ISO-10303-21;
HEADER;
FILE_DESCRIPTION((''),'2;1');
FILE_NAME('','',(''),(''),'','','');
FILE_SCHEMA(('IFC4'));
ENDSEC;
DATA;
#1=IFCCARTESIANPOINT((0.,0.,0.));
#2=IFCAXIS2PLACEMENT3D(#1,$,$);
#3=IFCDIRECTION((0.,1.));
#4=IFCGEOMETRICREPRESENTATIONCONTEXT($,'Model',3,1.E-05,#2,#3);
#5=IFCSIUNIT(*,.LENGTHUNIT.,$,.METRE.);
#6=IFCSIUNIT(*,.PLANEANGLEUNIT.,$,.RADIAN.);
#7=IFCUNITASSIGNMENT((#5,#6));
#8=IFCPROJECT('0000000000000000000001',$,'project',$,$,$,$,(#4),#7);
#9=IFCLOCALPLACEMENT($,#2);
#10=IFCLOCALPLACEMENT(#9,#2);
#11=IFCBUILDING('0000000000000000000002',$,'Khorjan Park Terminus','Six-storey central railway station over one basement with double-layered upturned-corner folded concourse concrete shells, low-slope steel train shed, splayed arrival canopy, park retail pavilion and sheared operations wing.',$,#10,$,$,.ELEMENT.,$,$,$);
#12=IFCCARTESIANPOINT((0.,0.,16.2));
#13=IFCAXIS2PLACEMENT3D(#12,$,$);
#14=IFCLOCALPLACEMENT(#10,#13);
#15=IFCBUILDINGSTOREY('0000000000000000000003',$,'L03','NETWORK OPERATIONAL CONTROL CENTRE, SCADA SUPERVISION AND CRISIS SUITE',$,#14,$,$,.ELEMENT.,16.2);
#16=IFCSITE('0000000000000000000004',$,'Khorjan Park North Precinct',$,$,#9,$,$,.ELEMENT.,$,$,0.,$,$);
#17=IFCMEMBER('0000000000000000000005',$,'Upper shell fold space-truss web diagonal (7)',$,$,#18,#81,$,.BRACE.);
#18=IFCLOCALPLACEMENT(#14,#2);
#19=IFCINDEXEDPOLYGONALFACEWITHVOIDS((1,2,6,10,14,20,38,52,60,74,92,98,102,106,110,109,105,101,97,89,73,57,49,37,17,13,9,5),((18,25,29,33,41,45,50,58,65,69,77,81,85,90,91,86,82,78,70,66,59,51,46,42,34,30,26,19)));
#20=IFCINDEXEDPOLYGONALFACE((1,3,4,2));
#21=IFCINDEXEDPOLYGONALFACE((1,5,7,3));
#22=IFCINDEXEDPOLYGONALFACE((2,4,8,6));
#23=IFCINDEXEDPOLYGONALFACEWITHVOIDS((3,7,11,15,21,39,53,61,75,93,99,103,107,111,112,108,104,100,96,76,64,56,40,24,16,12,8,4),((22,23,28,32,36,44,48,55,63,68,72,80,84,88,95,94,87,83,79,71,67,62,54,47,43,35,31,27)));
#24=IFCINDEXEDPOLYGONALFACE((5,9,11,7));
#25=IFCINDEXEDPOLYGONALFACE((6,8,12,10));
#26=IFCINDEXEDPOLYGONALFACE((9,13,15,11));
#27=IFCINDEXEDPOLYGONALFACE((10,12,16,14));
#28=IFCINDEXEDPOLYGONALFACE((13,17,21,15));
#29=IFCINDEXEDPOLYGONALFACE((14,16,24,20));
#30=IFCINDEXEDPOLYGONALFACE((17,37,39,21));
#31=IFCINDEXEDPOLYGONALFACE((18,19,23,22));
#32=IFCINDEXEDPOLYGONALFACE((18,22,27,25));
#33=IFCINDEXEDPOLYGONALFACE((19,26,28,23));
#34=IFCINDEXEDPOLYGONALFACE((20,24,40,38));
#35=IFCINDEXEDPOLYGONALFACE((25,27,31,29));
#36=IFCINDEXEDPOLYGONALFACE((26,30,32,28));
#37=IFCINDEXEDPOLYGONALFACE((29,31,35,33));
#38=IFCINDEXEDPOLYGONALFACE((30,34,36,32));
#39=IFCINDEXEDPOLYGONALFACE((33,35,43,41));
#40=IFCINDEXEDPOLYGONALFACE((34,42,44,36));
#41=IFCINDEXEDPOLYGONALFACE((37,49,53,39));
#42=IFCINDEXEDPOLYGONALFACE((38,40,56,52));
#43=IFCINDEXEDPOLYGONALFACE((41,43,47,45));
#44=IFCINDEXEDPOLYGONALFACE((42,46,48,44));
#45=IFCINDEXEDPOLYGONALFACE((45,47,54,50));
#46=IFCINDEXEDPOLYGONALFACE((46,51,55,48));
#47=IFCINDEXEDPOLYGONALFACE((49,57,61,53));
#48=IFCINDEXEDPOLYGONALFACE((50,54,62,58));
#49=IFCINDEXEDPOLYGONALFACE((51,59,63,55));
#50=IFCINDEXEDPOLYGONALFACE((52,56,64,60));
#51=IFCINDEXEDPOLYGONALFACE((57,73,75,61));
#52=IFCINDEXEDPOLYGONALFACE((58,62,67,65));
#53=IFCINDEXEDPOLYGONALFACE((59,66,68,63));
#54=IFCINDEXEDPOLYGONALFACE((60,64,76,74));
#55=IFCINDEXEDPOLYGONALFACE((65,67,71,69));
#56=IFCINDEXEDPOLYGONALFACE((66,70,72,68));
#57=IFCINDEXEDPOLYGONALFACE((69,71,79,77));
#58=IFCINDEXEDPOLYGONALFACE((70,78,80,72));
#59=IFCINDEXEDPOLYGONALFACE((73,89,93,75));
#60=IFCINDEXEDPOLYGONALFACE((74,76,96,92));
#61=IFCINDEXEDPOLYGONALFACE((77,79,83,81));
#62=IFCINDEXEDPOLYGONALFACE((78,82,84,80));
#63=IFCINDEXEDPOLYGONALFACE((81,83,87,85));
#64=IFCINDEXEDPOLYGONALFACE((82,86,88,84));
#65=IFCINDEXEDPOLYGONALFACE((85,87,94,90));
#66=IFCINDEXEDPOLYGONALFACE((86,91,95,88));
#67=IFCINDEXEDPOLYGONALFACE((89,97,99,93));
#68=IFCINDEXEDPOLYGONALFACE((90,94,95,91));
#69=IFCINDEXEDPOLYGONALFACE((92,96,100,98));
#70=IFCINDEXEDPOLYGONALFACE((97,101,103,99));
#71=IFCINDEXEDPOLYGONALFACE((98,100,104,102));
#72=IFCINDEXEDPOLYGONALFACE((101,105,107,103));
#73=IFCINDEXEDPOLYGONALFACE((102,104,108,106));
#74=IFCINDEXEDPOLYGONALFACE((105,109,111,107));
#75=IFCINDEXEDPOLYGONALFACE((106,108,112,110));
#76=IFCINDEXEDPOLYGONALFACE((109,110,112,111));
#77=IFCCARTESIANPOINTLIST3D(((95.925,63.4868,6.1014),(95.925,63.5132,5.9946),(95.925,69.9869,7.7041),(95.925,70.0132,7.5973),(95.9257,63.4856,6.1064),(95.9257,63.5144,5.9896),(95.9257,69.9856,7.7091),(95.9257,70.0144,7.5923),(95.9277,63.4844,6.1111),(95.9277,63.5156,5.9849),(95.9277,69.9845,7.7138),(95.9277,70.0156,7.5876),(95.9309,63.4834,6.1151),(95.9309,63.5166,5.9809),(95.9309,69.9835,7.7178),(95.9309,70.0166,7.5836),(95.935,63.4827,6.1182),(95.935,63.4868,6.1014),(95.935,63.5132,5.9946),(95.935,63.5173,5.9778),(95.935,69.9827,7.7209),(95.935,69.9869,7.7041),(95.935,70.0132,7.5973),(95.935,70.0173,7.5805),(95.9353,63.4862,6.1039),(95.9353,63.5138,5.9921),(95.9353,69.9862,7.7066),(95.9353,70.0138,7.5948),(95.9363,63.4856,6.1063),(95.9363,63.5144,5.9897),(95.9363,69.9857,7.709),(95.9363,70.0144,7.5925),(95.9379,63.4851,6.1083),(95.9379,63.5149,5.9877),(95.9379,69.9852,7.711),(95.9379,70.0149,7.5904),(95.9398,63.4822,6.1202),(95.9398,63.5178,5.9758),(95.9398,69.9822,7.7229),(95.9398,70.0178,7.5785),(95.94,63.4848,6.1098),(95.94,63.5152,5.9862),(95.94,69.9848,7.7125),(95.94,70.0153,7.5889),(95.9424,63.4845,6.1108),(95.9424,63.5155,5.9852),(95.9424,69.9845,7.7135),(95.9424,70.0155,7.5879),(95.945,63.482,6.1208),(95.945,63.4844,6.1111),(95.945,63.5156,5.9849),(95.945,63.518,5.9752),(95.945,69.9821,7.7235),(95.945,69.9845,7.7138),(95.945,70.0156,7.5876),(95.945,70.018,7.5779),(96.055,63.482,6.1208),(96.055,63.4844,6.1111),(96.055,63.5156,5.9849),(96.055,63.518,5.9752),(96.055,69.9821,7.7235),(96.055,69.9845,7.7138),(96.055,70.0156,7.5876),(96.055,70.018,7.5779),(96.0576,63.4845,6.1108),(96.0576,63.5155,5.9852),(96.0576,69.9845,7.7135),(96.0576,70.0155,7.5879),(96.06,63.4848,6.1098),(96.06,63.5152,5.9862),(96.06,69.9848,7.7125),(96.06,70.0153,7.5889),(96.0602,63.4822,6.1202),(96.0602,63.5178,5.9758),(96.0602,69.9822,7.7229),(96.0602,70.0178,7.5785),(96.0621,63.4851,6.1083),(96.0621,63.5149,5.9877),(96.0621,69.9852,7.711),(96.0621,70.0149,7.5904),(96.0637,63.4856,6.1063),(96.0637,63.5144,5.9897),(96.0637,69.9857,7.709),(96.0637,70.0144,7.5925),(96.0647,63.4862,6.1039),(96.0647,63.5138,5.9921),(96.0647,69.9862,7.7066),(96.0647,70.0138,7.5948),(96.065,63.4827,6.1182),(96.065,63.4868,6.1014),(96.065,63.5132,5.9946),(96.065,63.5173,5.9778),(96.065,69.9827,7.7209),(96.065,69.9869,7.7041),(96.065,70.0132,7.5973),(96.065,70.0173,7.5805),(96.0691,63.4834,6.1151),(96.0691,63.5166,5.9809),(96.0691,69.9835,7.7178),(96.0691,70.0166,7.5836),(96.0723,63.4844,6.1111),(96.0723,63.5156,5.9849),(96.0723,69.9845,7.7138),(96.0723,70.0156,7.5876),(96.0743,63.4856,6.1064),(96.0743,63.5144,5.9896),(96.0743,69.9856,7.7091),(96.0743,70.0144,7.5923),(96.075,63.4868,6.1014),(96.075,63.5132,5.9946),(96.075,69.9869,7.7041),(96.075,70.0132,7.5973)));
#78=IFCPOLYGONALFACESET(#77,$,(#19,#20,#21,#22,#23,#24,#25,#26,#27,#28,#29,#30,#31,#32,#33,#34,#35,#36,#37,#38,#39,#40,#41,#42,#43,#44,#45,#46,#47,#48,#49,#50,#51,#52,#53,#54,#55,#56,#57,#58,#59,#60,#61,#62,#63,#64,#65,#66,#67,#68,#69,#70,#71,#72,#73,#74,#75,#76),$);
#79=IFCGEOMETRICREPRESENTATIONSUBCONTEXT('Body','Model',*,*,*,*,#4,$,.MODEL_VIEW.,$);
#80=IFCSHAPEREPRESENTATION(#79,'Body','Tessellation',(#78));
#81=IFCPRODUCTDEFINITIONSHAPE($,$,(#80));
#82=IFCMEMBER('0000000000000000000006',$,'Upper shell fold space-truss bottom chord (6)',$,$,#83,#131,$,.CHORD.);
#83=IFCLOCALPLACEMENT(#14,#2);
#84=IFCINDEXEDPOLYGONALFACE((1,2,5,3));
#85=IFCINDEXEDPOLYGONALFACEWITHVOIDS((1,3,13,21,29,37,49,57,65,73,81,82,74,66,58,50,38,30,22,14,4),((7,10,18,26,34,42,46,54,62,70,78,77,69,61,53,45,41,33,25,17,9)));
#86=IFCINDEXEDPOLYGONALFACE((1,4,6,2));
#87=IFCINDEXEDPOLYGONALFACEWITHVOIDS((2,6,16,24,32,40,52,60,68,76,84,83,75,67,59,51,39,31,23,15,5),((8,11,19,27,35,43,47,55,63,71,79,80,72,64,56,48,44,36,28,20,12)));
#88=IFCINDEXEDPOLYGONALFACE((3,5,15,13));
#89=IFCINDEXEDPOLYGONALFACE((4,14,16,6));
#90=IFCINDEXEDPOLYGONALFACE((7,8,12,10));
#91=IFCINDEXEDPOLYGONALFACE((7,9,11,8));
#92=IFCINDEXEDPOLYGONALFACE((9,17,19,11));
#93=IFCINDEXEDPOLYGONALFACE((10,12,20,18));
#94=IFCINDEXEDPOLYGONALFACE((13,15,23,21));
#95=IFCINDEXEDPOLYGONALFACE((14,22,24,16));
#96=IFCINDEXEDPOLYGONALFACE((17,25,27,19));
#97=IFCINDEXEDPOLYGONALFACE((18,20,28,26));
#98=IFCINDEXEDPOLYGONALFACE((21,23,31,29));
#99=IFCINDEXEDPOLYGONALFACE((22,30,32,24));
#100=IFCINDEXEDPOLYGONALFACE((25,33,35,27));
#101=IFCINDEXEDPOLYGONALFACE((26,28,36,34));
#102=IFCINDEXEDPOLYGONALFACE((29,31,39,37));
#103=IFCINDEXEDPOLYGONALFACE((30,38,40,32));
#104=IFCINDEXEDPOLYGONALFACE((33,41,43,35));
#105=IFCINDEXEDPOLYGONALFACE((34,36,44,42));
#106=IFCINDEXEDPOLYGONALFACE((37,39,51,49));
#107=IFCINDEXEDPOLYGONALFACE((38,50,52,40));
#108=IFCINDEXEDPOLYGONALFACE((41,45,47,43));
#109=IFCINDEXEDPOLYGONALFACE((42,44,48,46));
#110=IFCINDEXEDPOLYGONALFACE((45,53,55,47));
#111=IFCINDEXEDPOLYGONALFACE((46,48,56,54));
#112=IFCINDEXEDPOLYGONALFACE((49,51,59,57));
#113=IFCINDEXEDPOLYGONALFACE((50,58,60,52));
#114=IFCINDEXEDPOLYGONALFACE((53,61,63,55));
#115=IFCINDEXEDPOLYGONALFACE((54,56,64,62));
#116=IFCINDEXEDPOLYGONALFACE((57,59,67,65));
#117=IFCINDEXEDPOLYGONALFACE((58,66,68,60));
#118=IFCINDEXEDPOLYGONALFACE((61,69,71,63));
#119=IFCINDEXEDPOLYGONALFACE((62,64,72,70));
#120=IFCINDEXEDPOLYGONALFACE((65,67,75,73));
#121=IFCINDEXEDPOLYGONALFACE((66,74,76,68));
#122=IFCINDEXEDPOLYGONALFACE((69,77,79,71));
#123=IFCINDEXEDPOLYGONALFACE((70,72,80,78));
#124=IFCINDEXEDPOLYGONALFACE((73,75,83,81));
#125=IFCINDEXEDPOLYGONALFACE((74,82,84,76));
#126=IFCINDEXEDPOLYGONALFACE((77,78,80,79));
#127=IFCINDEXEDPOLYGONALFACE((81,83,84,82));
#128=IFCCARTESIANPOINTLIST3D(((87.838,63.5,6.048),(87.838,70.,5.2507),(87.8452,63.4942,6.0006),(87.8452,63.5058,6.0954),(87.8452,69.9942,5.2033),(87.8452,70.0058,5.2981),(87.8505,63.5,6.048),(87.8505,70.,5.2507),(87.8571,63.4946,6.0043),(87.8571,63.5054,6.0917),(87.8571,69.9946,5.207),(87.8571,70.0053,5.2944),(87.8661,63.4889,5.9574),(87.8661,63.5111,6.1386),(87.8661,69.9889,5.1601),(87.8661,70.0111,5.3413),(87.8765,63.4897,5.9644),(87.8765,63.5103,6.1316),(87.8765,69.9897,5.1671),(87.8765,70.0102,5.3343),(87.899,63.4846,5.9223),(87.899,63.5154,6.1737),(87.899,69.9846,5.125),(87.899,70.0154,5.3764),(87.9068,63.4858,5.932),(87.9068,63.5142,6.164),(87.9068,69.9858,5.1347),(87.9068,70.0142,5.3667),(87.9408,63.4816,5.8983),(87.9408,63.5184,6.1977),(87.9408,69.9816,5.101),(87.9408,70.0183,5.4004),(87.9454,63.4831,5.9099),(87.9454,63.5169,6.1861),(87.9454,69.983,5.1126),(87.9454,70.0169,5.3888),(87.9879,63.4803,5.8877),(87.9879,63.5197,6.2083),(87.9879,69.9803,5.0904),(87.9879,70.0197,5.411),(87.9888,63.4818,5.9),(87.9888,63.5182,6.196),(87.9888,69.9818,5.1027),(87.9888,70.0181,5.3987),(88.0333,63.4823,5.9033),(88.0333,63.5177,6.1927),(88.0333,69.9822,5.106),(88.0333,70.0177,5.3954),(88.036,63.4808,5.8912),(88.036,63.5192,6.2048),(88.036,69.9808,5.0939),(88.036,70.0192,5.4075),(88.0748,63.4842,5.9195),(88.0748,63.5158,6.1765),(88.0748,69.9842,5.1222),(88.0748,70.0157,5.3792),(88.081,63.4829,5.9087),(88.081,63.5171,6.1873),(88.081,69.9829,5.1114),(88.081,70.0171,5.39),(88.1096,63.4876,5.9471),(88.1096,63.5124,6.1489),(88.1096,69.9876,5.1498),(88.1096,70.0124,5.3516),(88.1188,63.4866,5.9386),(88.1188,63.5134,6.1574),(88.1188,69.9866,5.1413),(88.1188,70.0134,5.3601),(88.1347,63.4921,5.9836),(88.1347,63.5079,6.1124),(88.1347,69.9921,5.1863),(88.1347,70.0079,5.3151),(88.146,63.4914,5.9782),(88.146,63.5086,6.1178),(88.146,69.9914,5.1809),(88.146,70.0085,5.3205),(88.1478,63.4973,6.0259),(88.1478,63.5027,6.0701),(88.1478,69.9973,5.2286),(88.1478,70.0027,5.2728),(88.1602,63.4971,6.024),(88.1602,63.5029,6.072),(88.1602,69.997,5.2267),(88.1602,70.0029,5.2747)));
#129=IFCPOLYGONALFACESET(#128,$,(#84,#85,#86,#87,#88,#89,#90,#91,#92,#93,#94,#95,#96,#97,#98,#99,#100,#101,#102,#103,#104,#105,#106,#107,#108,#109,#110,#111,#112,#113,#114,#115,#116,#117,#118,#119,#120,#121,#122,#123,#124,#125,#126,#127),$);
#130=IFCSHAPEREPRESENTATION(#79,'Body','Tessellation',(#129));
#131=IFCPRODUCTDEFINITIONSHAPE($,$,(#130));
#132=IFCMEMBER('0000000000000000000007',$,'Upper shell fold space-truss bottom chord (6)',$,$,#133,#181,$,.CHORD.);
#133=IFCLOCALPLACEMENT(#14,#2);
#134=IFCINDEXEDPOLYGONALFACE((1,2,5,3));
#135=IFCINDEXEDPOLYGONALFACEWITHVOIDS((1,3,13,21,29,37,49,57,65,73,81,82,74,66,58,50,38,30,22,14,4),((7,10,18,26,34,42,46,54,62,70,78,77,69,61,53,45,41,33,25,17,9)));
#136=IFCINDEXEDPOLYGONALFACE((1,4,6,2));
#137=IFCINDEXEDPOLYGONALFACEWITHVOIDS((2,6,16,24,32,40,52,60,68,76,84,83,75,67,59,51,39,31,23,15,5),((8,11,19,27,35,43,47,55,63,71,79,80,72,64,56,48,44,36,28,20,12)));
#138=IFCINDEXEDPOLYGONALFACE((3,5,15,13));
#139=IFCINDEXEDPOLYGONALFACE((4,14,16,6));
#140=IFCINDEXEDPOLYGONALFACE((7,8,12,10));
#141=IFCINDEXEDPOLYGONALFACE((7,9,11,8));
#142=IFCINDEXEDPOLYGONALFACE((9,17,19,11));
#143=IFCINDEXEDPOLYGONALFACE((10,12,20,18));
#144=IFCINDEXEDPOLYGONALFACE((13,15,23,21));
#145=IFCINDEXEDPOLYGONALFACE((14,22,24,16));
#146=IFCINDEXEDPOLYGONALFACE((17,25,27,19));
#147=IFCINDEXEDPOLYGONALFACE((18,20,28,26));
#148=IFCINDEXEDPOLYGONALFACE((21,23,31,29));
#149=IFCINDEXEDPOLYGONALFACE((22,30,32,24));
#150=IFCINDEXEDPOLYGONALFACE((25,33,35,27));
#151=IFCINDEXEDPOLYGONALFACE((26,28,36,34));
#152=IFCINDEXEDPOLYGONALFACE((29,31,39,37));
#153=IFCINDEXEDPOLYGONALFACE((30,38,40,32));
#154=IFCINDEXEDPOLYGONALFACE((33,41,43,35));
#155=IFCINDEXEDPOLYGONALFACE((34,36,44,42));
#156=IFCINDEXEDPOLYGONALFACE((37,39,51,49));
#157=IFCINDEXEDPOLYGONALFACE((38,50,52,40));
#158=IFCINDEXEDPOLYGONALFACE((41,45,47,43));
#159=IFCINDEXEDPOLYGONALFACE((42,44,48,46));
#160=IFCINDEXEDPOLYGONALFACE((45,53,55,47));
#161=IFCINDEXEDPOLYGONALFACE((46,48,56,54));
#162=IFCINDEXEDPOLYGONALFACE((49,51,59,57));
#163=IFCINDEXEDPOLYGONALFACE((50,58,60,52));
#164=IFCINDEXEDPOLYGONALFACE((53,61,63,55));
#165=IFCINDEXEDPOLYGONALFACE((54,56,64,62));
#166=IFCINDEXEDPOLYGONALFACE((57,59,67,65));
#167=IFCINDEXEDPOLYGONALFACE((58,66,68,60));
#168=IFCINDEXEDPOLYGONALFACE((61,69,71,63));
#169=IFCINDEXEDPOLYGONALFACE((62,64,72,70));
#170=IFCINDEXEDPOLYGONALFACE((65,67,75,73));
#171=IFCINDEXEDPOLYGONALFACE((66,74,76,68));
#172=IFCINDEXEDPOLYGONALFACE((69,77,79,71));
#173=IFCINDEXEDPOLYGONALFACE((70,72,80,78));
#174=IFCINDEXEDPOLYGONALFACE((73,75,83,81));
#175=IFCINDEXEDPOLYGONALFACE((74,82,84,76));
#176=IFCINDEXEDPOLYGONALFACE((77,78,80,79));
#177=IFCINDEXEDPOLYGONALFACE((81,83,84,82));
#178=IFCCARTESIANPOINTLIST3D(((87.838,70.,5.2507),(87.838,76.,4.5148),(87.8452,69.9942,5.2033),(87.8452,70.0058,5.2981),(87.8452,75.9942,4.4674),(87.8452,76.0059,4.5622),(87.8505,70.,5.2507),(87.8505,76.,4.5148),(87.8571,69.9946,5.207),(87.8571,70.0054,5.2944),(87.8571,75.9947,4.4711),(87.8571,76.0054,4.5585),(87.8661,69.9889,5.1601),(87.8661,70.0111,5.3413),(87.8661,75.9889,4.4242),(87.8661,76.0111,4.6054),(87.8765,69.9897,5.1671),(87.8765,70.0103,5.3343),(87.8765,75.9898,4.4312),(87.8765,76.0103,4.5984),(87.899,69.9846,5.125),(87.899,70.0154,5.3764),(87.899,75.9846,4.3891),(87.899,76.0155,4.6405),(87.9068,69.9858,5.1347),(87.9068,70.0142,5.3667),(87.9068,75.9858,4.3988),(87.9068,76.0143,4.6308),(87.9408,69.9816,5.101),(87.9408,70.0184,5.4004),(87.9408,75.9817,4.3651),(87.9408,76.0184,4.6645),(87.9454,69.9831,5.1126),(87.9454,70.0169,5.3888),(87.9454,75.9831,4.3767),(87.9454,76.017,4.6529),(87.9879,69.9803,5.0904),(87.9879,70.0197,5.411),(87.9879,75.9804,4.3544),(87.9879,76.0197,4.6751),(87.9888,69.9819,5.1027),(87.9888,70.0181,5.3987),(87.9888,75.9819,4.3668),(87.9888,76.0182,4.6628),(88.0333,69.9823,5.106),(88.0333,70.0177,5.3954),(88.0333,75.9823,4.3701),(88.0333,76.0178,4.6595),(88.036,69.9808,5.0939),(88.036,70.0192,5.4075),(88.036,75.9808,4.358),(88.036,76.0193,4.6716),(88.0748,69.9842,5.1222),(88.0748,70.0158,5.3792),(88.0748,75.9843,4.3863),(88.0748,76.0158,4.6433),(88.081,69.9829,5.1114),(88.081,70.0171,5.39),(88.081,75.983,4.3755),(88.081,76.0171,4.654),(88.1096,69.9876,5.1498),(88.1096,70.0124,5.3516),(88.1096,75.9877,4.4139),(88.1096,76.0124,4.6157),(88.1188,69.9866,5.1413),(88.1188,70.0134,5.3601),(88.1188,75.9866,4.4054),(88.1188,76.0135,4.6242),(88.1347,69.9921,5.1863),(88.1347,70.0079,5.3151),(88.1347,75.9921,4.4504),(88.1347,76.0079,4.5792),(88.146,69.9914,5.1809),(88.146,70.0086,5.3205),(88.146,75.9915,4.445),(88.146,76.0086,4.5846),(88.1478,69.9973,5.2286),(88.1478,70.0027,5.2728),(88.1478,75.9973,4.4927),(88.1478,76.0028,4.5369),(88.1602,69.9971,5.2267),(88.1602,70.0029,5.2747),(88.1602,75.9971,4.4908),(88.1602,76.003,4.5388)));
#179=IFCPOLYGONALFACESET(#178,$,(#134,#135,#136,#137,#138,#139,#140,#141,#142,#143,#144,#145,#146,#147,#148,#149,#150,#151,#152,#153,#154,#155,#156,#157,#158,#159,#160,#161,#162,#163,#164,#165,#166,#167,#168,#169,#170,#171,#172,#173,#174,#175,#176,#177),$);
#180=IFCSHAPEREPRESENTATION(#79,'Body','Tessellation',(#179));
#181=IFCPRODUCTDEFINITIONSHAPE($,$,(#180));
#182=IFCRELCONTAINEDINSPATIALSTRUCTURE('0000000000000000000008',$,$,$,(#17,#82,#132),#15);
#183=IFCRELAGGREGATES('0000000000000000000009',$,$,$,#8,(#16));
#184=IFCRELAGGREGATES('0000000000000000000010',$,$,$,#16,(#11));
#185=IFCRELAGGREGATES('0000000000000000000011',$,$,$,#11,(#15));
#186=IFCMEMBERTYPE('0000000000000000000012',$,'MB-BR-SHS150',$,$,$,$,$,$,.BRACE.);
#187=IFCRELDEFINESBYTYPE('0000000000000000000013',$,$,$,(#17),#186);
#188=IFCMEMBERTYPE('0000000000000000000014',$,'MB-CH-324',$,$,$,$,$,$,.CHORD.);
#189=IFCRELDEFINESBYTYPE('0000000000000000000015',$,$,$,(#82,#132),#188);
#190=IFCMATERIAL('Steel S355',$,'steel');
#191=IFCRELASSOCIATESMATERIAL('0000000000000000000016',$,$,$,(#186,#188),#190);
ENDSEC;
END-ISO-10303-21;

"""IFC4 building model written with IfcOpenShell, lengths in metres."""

from ifc_helpers import new_model, si_unit, direction, frame, origin, origin_2d, place, context, subcontext, project, spatial, hollow_rectangle, hollow_circle, extrude, material, material_profile, profile_set, type_object, element, save


model = new_model("IFC4")

# Units and contexts
model_context = context("Model", 3, precision=1e-05, world=origin(), true_north=direction((0.0, 1.0)))
body_context = subcontext(model_context, "Body", "Model", "MODEL_VIEW")
ifc_project = project(units=[si_unit("LENGTHUNIT", "METRE"), si_unit("PLANEANGLEUNIT", "RADIAN")], contexts=[model_context])

# Site, building, storey
site_placement = place(None, origin())
site = spatial("IfcSite", under=ifc_project, at=site_placement, Name="Khorjan Park North Precinct", CompositionType="ELEMENT", RefElevation=0.0)
building_placement = place(site_placement, origin())
building = spatial("IfcBuilding", under=site, at=building_placement, Name="Khorjan Park Terminus", Description="Six-storey central railway station over one basement with double-layered upturned-corner folded concourse concrete shells, low-slope steel train shed, splayed arrival canopy, park retail pavilion and sheared operations wing.", CompositionType="ELEMENT")
storey_placement = place(building_placement, frame((0.0, 0.0, 16.2)))
storey = spatial("IfcBuildingStorey", under=building, at=storey_placement, Name="L03", Description="NETWORK OPERATIONAL CONTROL CENTRE, SCADA SUPERVISION AND CRISIS SUITE", CompositionType="ELEMENT", Elevation=16.2)

# Members
ifc_material = material(Name="Steel S355", Category="steel")
ifc_material_profile_1 = material_profile(ifc_material, hollow_rectangle(XDim=0.15, YDim=0.15, WallThickness=0.01, InnerFilletRadius=0.01, OuterFilletRadius=0.02, at=origin_2d()), Name="SHS 150x150x10")
ifc_profile_set_1 = profile_set([ifc_material_profile_1], Name="Steel S355")
member_type_1 = type_object("IfcMemberType", Name="MB-BR-SHS150", PredefinedType="BRACE", material=ifc_profile_set_1)
member_1_placement = place(storey_placement, frame((96.0, 63.5, 6.048), z_axis=(0.0, 0.970921, 0.239399), x_axis=(-1.0, 0.0, 0.0)))
element("IfcMember", 1, at=member_1_placement, inside=storey, type_object=member_type_1, Name="Upper shell fold space-truss web diagonal (7)", PredefinedType="BRACE", context=body_context, shape_type="SweptSolid", body=[
    extrude(hollow_rectangle(XDim=0.15, YDim=0.15, WallThickness=0.01, InnerFilletRadius=0.01, OuterFilletRadius=0.02, at=origin_2d()), origin(), (0.0, 0.0, 1.0), 6.6947),
])
ifc_material_profile_2 = material_profile(ifc_material, hollow_circle(Radius=0.162, WallThickness=0.0125, at=origin_2d()), Name="CHS 323.9x12.5")
ifc_profile_set_2 = profile_set([ifc_material_profile_2], Name="Steel S355")
member_type_2 = type_object("IfcMemberType", Name="MB-CH-324", PredefinedType="CHORD", material=ifc_profile_set_2)
member_2_placement = place(storey_placement, frame((88.0, 63.5, 6.048), z_axis=(0.0, 0.992561, -0.121749), x_axis=(-1.0, 0.0, 0.0)))
element("IfcMember", 2, at=member_2_placement, inside=storey, type_object=member_type_2, Name="Upper shell fold space-truss bottom chord (6)", PredefinedType="CHORD", context=body_context, shape_type="SweptSolid", body=[
    extrude(hollow_circle(Radius=0.162, WallThickness=0.0125, at=origin_2d()), origin(), (0.0, 0.0, 1.0), 6.5487),
])
member_3_placement = place(storey_placement, frame((88.0, 70.0, 5.2507), z_axis=(0.0, 0.992562, -0.121738), x_axis=(-1.0, 0.0, 0.0)))
element("IfcMember", 3, at=member_3_placement, inside=storey, type_object=member_type_2, Name="Upper shell fold space-truss bottom chord (6)", PredefinedType="CHORD", context=body_context, shape_type="SweptSolid", body=[
    extrude(hollow_circle(Radius=0.162, WallThickness=0.0125, at=origin_2d()), origin(), (0.0, 0.0, 1.0), 6.045),
])

save(model, "model.ifc")
